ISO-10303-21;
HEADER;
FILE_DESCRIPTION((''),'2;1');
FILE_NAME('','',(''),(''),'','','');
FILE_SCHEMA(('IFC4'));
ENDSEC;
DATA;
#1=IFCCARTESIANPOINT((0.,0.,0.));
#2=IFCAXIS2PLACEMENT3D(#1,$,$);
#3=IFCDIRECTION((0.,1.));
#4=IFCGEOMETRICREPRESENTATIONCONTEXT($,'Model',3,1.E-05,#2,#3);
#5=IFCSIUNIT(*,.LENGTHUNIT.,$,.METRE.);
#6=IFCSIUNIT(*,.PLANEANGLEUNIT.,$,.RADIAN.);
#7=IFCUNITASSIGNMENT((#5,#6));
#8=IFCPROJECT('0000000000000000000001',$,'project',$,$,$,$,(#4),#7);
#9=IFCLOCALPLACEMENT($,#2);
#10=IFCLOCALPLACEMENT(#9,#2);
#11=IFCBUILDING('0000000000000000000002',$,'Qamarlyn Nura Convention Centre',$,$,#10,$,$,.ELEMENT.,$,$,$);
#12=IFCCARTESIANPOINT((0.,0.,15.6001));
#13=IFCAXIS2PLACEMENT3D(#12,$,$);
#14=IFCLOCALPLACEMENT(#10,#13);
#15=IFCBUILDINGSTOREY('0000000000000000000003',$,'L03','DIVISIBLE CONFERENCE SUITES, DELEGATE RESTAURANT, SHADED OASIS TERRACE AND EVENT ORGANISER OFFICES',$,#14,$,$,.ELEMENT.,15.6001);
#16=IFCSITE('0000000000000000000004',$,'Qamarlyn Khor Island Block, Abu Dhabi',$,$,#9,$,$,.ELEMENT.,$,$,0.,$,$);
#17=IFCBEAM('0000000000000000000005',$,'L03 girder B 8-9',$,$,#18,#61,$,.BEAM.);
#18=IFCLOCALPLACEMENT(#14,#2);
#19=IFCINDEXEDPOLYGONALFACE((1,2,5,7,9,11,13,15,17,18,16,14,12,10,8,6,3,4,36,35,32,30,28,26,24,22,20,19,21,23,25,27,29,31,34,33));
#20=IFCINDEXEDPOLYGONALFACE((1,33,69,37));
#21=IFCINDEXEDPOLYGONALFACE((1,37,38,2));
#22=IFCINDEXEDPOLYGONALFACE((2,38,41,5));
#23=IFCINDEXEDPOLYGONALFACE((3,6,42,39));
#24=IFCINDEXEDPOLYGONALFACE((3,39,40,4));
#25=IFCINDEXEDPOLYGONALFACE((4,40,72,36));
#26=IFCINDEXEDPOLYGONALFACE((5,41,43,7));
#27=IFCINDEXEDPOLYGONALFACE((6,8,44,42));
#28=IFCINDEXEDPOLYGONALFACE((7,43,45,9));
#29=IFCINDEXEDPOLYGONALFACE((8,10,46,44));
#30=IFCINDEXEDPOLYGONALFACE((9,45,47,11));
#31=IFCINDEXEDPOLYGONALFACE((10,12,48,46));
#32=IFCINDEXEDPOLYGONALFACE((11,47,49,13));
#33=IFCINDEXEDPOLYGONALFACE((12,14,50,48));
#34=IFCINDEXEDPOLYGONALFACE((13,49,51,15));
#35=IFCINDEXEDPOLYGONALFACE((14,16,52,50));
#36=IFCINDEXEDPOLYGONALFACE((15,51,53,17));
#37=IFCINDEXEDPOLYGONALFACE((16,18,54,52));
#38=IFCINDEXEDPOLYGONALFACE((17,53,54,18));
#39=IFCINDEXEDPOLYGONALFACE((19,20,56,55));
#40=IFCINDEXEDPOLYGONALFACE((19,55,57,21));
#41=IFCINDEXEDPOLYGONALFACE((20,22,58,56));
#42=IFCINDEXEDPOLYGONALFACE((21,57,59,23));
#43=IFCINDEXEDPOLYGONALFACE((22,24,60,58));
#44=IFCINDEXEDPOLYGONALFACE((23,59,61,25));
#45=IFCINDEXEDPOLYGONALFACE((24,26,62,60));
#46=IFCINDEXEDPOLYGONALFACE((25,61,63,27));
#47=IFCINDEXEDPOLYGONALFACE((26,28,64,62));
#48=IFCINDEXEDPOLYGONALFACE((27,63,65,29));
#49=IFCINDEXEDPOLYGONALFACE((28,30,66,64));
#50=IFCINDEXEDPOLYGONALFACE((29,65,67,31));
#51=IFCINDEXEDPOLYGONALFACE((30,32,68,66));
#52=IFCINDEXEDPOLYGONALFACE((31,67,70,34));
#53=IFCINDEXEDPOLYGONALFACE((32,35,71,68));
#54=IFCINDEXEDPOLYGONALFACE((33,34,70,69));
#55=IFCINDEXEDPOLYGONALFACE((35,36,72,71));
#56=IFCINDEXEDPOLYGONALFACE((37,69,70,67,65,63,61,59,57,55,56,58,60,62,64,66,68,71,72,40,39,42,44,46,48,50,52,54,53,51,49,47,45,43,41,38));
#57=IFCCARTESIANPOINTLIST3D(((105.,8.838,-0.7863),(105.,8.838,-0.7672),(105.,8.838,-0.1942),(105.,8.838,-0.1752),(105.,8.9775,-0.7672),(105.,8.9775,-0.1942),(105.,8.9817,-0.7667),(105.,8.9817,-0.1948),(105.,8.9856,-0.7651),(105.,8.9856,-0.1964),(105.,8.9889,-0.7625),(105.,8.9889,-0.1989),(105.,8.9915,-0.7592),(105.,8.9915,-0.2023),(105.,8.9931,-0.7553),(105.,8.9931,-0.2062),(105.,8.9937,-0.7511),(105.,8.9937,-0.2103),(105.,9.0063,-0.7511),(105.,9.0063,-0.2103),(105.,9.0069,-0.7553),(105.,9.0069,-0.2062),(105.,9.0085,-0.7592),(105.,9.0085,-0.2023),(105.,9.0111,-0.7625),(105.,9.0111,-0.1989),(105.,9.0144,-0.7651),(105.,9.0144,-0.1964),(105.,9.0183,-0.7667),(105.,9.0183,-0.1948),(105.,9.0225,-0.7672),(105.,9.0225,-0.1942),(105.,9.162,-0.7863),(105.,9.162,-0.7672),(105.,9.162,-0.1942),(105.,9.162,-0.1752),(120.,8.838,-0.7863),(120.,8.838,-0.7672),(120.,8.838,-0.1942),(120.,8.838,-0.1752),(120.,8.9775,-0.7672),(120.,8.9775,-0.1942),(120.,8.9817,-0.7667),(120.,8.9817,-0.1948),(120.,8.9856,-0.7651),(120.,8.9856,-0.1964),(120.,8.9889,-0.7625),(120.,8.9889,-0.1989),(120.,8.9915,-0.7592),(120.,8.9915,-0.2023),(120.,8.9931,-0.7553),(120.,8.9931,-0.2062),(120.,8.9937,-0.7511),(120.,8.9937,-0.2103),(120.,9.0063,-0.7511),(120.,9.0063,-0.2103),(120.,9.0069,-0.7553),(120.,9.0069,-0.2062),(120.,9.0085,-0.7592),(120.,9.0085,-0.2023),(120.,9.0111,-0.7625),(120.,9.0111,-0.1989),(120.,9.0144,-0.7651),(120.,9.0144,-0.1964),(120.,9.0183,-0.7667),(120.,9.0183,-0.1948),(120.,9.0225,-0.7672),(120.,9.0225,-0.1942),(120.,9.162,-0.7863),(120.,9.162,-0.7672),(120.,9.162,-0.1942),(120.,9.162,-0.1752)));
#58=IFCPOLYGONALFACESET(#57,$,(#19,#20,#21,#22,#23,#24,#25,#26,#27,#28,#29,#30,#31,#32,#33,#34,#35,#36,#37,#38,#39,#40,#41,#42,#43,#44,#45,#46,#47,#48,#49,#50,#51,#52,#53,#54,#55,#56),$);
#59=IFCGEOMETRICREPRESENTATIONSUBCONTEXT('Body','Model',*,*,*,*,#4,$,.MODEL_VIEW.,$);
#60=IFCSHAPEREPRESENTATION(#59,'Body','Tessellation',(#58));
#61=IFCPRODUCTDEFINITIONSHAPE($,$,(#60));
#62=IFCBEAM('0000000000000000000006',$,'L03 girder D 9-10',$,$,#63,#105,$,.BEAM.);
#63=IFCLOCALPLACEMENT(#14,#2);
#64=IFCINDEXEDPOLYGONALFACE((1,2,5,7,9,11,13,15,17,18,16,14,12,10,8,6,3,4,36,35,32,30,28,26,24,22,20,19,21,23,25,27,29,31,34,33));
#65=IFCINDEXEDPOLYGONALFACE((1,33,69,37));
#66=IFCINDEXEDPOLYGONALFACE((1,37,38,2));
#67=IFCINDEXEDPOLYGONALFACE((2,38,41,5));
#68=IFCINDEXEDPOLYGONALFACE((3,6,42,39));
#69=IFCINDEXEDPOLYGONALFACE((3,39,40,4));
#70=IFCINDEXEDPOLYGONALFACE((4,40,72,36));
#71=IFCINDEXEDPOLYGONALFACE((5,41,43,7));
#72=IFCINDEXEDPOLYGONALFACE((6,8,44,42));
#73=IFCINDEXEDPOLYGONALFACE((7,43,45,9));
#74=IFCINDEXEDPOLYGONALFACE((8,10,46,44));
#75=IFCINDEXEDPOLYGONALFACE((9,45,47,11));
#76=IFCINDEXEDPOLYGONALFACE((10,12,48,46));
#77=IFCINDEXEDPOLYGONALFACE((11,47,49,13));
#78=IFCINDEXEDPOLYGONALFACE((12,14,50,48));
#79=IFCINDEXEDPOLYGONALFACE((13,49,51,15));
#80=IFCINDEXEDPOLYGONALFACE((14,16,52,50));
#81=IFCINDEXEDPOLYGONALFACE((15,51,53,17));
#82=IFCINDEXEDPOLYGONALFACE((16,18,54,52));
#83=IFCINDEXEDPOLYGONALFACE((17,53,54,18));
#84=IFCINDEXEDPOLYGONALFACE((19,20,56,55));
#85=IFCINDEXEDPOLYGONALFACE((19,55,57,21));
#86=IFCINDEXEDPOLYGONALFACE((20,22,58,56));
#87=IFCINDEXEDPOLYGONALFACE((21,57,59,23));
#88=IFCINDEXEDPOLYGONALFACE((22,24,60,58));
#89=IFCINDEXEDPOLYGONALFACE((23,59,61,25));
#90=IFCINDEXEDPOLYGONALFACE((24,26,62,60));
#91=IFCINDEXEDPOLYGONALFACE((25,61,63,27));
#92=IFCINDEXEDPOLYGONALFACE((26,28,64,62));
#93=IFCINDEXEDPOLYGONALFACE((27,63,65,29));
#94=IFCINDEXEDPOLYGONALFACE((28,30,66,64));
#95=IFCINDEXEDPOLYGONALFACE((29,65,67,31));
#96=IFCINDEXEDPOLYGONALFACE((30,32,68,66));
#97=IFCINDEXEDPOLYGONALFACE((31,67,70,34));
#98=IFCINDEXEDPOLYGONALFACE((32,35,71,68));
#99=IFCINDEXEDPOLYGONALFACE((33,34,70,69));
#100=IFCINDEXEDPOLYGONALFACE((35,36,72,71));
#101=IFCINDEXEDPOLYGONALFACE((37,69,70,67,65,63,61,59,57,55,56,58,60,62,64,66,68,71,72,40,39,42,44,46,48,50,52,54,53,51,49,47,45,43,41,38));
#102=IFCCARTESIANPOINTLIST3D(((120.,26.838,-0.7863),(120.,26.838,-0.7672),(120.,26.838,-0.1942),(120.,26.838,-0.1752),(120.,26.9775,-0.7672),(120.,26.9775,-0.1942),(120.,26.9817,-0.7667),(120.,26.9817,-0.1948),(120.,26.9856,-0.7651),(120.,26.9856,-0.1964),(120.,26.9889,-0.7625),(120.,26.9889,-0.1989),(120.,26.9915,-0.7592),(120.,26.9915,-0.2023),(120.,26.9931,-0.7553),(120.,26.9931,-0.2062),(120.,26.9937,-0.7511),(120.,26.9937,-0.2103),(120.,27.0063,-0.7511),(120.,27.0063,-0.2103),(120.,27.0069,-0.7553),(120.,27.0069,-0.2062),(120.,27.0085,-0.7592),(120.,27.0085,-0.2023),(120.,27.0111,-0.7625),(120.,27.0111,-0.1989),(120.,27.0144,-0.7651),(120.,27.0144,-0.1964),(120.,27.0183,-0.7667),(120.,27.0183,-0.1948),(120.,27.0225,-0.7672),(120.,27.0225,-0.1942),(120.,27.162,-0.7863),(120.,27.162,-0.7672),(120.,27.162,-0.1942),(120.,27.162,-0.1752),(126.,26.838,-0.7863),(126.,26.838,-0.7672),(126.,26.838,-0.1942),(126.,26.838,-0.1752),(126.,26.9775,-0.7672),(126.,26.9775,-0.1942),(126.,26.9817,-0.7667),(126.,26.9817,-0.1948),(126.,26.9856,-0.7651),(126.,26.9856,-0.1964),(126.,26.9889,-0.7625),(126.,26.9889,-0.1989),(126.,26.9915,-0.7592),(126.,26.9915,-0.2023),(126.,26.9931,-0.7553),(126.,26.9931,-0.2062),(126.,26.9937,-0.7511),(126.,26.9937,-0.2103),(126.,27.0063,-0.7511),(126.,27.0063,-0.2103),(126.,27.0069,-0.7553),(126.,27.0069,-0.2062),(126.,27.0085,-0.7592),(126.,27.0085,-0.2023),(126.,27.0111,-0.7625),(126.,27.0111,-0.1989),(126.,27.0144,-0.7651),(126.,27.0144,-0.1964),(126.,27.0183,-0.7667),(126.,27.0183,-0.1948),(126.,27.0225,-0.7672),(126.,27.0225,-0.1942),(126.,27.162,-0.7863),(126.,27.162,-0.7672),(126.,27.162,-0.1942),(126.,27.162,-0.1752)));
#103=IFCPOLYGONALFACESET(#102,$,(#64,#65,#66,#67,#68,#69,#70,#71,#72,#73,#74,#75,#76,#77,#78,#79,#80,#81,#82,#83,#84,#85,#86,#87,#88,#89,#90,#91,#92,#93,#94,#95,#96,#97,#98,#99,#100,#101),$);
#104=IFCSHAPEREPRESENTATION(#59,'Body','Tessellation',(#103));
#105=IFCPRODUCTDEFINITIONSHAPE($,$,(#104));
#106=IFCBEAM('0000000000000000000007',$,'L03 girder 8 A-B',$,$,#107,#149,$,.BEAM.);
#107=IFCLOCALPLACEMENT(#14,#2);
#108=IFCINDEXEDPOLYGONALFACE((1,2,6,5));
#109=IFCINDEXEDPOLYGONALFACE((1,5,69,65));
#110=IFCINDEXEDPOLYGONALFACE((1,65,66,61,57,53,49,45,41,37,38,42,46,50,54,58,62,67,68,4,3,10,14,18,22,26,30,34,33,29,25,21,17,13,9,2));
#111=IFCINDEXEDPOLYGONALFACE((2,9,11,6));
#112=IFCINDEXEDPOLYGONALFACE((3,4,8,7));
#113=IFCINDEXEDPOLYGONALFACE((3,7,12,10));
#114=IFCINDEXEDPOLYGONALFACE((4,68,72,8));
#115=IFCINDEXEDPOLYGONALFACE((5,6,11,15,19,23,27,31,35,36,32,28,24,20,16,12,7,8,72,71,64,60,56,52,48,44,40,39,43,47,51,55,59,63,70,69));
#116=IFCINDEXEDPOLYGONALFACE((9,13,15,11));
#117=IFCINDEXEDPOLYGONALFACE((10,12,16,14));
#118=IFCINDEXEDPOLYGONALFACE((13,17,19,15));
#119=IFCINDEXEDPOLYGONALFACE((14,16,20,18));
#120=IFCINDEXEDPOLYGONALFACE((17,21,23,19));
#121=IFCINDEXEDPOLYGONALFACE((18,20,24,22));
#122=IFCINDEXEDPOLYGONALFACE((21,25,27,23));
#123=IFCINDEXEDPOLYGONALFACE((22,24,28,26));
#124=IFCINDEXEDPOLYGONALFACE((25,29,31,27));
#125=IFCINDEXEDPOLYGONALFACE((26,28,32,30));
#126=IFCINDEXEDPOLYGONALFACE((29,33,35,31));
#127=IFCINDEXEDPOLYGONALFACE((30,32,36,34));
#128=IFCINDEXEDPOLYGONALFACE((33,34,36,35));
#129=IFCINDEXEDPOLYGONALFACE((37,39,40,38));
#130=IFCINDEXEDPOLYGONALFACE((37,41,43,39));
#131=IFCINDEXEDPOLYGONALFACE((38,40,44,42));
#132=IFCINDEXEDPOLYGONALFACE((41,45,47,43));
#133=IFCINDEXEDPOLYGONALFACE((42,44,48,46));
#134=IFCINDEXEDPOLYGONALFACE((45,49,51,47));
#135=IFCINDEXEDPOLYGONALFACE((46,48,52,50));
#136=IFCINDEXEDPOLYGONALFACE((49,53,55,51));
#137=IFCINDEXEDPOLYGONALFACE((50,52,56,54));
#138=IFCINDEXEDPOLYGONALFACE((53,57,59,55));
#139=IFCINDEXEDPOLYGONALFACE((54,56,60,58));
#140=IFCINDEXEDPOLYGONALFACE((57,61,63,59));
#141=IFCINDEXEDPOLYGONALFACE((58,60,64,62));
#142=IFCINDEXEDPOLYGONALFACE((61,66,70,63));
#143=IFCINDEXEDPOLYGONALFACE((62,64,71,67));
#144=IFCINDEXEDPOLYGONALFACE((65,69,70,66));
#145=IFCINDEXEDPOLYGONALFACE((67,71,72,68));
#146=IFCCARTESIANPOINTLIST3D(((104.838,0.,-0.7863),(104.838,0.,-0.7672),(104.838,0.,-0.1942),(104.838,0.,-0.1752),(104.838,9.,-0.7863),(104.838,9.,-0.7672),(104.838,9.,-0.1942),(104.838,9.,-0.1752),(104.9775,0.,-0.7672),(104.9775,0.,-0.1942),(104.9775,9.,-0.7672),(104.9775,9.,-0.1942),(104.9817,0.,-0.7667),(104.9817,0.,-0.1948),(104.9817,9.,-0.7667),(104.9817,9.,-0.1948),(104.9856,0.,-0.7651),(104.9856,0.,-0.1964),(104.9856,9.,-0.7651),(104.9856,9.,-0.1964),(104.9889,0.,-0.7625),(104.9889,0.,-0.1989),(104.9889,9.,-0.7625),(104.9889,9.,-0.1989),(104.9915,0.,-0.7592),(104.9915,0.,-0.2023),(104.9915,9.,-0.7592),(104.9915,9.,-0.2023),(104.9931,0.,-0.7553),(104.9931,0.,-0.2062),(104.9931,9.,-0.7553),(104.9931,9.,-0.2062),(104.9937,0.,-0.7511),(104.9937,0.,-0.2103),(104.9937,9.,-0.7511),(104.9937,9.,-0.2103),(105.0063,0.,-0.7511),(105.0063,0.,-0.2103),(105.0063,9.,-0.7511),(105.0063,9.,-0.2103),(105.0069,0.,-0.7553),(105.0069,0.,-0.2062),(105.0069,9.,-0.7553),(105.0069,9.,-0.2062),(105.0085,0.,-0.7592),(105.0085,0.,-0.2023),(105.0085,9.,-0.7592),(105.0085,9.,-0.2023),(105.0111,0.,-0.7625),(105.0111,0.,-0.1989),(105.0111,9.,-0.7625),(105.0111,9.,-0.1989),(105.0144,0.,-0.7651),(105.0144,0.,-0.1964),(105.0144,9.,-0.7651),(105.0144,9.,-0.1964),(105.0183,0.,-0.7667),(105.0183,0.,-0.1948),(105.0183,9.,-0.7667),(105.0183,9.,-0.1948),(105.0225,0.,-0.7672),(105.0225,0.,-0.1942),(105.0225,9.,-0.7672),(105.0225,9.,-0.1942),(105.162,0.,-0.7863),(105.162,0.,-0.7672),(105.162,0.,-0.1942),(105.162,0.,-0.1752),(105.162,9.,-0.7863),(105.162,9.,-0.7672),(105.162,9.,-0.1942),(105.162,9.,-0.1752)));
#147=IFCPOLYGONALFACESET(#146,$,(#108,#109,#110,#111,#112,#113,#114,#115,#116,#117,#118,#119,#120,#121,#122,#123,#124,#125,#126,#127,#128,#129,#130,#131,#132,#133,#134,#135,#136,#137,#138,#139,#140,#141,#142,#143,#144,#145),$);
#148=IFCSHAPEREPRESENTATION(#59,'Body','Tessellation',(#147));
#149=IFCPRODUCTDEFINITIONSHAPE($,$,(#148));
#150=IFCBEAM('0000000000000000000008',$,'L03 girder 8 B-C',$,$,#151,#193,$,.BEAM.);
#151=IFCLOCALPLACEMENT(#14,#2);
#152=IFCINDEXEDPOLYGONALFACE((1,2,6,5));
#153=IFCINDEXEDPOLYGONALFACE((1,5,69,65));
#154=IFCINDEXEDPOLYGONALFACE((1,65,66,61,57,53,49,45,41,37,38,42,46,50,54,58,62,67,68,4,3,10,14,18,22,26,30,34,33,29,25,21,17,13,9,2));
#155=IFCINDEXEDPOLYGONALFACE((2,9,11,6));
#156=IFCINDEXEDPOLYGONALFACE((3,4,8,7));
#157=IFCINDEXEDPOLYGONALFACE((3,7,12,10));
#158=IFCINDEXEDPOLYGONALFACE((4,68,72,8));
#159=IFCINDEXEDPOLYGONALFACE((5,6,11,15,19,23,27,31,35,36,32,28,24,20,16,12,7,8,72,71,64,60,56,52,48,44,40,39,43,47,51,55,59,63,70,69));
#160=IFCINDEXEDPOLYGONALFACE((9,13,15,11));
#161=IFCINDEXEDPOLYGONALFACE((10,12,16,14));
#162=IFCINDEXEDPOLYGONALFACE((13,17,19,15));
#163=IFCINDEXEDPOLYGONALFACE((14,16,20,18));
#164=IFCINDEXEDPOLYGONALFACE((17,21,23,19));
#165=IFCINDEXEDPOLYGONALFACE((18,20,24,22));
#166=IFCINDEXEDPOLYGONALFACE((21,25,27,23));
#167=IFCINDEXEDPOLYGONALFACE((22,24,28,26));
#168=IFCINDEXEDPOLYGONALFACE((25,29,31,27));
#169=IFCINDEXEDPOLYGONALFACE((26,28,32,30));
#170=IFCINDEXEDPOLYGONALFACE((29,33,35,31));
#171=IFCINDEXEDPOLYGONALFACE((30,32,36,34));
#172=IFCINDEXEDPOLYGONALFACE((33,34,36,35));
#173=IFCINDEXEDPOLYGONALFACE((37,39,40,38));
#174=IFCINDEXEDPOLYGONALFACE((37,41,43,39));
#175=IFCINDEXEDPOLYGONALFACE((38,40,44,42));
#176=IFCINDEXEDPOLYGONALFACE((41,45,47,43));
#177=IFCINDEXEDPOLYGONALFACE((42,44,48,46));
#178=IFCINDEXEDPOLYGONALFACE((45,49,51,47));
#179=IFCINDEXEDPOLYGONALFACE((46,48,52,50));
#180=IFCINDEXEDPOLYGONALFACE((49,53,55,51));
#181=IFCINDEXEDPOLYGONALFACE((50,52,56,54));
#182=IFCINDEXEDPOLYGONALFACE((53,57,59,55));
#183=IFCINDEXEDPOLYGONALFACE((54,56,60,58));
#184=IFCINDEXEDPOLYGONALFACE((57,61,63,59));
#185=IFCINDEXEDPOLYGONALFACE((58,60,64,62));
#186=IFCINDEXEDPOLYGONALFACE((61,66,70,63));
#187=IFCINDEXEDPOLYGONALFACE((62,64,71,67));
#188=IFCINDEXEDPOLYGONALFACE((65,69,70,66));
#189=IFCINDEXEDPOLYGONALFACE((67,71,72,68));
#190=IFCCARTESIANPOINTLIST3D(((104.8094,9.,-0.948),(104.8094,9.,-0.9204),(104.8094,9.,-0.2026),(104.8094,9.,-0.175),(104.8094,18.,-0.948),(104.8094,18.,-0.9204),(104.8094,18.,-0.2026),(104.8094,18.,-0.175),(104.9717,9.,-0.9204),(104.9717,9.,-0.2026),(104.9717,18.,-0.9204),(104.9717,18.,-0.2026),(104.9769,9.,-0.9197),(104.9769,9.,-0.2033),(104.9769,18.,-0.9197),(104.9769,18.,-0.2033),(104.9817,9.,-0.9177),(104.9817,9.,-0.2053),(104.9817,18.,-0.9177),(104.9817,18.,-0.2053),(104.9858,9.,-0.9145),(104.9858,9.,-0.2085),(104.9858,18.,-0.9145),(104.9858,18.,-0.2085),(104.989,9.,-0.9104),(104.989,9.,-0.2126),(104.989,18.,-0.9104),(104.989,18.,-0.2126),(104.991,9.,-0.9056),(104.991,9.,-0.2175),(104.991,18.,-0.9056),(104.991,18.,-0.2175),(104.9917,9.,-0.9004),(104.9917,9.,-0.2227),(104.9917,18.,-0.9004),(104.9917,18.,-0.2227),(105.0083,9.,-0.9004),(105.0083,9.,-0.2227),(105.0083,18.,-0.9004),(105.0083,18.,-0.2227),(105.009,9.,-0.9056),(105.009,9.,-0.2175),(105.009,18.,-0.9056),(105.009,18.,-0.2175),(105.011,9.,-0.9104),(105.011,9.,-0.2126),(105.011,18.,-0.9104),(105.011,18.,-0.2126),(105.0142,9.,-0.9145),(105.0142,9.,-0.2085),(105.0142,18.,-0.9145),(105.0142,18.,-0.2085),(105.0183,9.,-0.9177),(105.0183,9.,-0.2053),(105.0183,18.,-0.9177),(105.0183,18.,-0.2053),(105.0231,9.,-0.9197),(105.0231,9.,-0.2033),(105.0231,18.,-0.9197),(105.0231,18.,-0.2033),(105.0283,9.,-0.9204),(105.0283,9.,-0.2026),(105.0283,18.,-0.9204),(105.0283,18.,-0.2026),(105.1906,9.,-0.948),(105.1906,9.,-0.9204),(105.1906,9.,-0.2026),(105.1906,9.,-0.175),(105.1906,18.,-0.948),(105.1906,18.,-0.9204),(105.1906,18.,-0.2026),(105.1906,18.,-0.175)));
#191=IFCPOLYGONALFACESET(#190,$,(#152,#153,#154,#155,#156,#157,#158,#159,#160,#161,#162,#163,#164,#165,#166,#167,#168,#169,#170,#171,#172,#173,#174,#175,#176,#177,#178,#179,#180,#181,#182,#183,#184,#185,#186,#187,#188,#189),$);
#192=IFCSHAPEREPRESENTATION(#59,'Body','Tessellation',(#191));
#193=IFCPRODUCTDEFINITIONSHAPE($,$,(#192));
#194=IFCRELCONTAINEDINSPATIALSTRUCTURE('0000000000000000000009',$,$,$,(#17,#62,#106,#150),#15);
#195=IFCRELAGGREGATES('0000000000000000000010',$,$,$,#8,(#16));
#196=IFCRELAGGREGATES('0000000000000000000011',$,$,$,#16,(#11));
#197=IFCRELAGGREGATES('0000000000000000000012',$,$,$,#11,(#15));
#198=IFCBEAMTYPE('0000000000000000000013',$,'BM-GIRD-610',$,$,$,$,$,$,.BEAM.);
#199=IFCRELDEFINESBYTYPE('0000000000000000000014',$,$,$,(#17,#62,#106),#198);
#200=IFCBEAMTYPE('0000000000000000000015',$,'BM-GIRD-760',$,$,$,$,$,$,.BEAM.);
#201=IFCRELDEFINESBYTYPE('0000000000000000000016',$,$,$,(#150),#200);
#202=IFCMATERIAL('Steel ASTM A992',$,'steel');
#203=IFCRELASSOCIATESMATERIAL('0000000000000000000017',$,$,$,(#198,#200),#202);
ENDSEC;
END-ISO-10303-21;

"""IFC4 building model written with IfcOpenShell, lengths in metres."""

from ifc_helpers import new_model, si_unit, direction, frame, origin, origin_2d, place, context, subcontext, project, spatial, i_section, extrude, material, material_profile, profile_set, type_object, element, save


model = new_model("IFC4")

# Units and contexts
model_context = context("Model", 3, precision=1e-05, world=origin(), true_north=direction((0.0, 1.0)))
body_context = subcontext(model_context, "Body", "Model", "MODEL_VIEW")
ifc_project = project(units=[si_unit("LENGTHUNIT", "METRE"), si_unit("PLANEANGLEUNIT", "RADIAN")], contexts=[model_context])

# Site, building, storey
site_placement = place(None, origin())
site = spatial("IfcSite", under=ifc_project, at=site_placement, Name="Qamarlyn Khor Island Block, Abu Dhabi", CompositionType="ELEMENT", RefElevation=0.0)
building_placement = place(site_placement, origin())
building = spatial("IfcBuilding", under=site, at=building_placement, Name="Qamarlyn Nura Convention Centre", CompositionType="ELEMENT")
storey_placement = place(building_placement, frame((0.0, 0.0, 15.6001)))
storey = spatial("IfcBuildingStorey", under=building, at=storey_placement, Name="L03", Description="DIVISIBLE CONFERENCE SUITES, DELEGATE RESTAURANT, SHADED OASIS TERRACE AND EVENT ORGANISER OFFICES", CompositionType="ELEMENT", Elevation=15.6001)

# Beams
ifc_material_1 = material(Name="Steel ASTM A992", Category="steel")
ifc_material_profile_1 = material_profile(ifc_material_1, i_section(OverallWidth=0.324, OverallDepth=0.6111, WebThickness=0.0127, FlangeThickness=0.019, FilletRadius=0.0161, at=origin_2d()), Name="W610X155")
ifc_profile_set_1 = profile_set([ifc_material_profile_1], Name="Steel ASTM A992")
beam_type_1 = type_object("IfcBeamType", Name="BM-GIRD-610", PredefinedType="BEAM", material=ifc_profile_set_1)
beam_1_placement = place(storey_placement, frame((105.0, 9.0, -0.4807), z_axis=(1.0, 0.0, 0.0), x_axis=(0.0, 1.0, 0.0)))
element("IfcBeam", 1, at=beam_1_placement, inside=storey, type_object=beam_type_1, Name="L03 girder B 8-9", PredefinedType="BEAM", context=body_context, shape_type="SweptSolid", body=[
    extrude(i_section(OverallWidth=0.324, OverallDepth=0.6111, WebThickness=0.0127, FlangeThickness=0.019, FilletRadius=0.0161, at=origin_2d()), origin(), (0.0, 0.0, 1.0), 15.0),
])
beam_2_placement = place(storey_placement, frame((120.0, 27.0, -0.4807), z_axis=(1.0, 0.0, 0.0), x_axis=(0.0, 1.0, 0.0)))
element("IfcBeam", 2, at=beam_2_placement, inside=storey, type_object=beam_type_1, Name="L03 girder D 9-10", PredefinedType="BEAM", context=body_context, shape_type="SweptSolid", body=[
    extrude(i_section(OverallWidth=0.324, OverallDepth=0.6111, WebThickness=0.0127, FlangeThickness=0.019, FilletRadius=0.0161, at=origin_2d()), origin(), (0.0, 0.0, 1.0), 6.0),
])
beam_3_placement = place(storey_placement, frame((105.0, 0.0, -0.4807), z_axis=(0.0, 1.0, 0.0), x_axis=(-1.0, 0.0, 0.0)))
element("IfcBeam", 3, at=beam_3_placement, inside=storey, type_object=beam_type_1, Name="L03 girder 8 A-B", PredefinedType="BEAM", context=body_context, shape_type="SweptSolid", body=[
    extrude(i_section(OverallWidth=0.324, OverallDepth=0.6111, WebThickness=0.0127, FlangeThickness=0.019, FilletRadius=0.0161, at=origin_2d()), origin(), (0.0, 0.0, 1.0), 9.0),
])
ifc_material_profile_2 = material_profile(ifc_material_1, i_section(OverallWidth=0.3811, OverallDepth=0.7729, WebThickness=0.0166, FlangeThickness=0.0276, FilletRadius=0.02, at=origin_2d()), Name="W760X257")
ifc_profile_set_2 = profile_set([ifc_material_profile_2], Name="Steel ASTM A992")
beam_type_2 = type_object("IfcBeamType", Name="BM-GIRD-760", PredefinedType="BEAM", material=ifc_profile_set_2)
beam_4_placement = place(storey_placement, frame((105.0, 9.0, -0.5615), z_axis=(0.0, 1.0, 0.0), x_axis=(-1.0, 0.0, 0.0)))
element("IfcBeam", 4, at=beam_4_placement, inside=storey, type_object=beam_type_2, Name="L03 girder 8 B-C", PredefinedType="BEAM", context=body_context, shape_type="SweptSolid", body=[
    extrude(i_section(OverallWidth=0.3811, OverallDepth=0.7729, WebThickness=0.0166, FlangeThickness=0.0276, FilletRadius=0.02, at=origin_2d()), origin(), (0.0, 0.0, 1.0), 9.0),
])

save(model, "model.ifc")
